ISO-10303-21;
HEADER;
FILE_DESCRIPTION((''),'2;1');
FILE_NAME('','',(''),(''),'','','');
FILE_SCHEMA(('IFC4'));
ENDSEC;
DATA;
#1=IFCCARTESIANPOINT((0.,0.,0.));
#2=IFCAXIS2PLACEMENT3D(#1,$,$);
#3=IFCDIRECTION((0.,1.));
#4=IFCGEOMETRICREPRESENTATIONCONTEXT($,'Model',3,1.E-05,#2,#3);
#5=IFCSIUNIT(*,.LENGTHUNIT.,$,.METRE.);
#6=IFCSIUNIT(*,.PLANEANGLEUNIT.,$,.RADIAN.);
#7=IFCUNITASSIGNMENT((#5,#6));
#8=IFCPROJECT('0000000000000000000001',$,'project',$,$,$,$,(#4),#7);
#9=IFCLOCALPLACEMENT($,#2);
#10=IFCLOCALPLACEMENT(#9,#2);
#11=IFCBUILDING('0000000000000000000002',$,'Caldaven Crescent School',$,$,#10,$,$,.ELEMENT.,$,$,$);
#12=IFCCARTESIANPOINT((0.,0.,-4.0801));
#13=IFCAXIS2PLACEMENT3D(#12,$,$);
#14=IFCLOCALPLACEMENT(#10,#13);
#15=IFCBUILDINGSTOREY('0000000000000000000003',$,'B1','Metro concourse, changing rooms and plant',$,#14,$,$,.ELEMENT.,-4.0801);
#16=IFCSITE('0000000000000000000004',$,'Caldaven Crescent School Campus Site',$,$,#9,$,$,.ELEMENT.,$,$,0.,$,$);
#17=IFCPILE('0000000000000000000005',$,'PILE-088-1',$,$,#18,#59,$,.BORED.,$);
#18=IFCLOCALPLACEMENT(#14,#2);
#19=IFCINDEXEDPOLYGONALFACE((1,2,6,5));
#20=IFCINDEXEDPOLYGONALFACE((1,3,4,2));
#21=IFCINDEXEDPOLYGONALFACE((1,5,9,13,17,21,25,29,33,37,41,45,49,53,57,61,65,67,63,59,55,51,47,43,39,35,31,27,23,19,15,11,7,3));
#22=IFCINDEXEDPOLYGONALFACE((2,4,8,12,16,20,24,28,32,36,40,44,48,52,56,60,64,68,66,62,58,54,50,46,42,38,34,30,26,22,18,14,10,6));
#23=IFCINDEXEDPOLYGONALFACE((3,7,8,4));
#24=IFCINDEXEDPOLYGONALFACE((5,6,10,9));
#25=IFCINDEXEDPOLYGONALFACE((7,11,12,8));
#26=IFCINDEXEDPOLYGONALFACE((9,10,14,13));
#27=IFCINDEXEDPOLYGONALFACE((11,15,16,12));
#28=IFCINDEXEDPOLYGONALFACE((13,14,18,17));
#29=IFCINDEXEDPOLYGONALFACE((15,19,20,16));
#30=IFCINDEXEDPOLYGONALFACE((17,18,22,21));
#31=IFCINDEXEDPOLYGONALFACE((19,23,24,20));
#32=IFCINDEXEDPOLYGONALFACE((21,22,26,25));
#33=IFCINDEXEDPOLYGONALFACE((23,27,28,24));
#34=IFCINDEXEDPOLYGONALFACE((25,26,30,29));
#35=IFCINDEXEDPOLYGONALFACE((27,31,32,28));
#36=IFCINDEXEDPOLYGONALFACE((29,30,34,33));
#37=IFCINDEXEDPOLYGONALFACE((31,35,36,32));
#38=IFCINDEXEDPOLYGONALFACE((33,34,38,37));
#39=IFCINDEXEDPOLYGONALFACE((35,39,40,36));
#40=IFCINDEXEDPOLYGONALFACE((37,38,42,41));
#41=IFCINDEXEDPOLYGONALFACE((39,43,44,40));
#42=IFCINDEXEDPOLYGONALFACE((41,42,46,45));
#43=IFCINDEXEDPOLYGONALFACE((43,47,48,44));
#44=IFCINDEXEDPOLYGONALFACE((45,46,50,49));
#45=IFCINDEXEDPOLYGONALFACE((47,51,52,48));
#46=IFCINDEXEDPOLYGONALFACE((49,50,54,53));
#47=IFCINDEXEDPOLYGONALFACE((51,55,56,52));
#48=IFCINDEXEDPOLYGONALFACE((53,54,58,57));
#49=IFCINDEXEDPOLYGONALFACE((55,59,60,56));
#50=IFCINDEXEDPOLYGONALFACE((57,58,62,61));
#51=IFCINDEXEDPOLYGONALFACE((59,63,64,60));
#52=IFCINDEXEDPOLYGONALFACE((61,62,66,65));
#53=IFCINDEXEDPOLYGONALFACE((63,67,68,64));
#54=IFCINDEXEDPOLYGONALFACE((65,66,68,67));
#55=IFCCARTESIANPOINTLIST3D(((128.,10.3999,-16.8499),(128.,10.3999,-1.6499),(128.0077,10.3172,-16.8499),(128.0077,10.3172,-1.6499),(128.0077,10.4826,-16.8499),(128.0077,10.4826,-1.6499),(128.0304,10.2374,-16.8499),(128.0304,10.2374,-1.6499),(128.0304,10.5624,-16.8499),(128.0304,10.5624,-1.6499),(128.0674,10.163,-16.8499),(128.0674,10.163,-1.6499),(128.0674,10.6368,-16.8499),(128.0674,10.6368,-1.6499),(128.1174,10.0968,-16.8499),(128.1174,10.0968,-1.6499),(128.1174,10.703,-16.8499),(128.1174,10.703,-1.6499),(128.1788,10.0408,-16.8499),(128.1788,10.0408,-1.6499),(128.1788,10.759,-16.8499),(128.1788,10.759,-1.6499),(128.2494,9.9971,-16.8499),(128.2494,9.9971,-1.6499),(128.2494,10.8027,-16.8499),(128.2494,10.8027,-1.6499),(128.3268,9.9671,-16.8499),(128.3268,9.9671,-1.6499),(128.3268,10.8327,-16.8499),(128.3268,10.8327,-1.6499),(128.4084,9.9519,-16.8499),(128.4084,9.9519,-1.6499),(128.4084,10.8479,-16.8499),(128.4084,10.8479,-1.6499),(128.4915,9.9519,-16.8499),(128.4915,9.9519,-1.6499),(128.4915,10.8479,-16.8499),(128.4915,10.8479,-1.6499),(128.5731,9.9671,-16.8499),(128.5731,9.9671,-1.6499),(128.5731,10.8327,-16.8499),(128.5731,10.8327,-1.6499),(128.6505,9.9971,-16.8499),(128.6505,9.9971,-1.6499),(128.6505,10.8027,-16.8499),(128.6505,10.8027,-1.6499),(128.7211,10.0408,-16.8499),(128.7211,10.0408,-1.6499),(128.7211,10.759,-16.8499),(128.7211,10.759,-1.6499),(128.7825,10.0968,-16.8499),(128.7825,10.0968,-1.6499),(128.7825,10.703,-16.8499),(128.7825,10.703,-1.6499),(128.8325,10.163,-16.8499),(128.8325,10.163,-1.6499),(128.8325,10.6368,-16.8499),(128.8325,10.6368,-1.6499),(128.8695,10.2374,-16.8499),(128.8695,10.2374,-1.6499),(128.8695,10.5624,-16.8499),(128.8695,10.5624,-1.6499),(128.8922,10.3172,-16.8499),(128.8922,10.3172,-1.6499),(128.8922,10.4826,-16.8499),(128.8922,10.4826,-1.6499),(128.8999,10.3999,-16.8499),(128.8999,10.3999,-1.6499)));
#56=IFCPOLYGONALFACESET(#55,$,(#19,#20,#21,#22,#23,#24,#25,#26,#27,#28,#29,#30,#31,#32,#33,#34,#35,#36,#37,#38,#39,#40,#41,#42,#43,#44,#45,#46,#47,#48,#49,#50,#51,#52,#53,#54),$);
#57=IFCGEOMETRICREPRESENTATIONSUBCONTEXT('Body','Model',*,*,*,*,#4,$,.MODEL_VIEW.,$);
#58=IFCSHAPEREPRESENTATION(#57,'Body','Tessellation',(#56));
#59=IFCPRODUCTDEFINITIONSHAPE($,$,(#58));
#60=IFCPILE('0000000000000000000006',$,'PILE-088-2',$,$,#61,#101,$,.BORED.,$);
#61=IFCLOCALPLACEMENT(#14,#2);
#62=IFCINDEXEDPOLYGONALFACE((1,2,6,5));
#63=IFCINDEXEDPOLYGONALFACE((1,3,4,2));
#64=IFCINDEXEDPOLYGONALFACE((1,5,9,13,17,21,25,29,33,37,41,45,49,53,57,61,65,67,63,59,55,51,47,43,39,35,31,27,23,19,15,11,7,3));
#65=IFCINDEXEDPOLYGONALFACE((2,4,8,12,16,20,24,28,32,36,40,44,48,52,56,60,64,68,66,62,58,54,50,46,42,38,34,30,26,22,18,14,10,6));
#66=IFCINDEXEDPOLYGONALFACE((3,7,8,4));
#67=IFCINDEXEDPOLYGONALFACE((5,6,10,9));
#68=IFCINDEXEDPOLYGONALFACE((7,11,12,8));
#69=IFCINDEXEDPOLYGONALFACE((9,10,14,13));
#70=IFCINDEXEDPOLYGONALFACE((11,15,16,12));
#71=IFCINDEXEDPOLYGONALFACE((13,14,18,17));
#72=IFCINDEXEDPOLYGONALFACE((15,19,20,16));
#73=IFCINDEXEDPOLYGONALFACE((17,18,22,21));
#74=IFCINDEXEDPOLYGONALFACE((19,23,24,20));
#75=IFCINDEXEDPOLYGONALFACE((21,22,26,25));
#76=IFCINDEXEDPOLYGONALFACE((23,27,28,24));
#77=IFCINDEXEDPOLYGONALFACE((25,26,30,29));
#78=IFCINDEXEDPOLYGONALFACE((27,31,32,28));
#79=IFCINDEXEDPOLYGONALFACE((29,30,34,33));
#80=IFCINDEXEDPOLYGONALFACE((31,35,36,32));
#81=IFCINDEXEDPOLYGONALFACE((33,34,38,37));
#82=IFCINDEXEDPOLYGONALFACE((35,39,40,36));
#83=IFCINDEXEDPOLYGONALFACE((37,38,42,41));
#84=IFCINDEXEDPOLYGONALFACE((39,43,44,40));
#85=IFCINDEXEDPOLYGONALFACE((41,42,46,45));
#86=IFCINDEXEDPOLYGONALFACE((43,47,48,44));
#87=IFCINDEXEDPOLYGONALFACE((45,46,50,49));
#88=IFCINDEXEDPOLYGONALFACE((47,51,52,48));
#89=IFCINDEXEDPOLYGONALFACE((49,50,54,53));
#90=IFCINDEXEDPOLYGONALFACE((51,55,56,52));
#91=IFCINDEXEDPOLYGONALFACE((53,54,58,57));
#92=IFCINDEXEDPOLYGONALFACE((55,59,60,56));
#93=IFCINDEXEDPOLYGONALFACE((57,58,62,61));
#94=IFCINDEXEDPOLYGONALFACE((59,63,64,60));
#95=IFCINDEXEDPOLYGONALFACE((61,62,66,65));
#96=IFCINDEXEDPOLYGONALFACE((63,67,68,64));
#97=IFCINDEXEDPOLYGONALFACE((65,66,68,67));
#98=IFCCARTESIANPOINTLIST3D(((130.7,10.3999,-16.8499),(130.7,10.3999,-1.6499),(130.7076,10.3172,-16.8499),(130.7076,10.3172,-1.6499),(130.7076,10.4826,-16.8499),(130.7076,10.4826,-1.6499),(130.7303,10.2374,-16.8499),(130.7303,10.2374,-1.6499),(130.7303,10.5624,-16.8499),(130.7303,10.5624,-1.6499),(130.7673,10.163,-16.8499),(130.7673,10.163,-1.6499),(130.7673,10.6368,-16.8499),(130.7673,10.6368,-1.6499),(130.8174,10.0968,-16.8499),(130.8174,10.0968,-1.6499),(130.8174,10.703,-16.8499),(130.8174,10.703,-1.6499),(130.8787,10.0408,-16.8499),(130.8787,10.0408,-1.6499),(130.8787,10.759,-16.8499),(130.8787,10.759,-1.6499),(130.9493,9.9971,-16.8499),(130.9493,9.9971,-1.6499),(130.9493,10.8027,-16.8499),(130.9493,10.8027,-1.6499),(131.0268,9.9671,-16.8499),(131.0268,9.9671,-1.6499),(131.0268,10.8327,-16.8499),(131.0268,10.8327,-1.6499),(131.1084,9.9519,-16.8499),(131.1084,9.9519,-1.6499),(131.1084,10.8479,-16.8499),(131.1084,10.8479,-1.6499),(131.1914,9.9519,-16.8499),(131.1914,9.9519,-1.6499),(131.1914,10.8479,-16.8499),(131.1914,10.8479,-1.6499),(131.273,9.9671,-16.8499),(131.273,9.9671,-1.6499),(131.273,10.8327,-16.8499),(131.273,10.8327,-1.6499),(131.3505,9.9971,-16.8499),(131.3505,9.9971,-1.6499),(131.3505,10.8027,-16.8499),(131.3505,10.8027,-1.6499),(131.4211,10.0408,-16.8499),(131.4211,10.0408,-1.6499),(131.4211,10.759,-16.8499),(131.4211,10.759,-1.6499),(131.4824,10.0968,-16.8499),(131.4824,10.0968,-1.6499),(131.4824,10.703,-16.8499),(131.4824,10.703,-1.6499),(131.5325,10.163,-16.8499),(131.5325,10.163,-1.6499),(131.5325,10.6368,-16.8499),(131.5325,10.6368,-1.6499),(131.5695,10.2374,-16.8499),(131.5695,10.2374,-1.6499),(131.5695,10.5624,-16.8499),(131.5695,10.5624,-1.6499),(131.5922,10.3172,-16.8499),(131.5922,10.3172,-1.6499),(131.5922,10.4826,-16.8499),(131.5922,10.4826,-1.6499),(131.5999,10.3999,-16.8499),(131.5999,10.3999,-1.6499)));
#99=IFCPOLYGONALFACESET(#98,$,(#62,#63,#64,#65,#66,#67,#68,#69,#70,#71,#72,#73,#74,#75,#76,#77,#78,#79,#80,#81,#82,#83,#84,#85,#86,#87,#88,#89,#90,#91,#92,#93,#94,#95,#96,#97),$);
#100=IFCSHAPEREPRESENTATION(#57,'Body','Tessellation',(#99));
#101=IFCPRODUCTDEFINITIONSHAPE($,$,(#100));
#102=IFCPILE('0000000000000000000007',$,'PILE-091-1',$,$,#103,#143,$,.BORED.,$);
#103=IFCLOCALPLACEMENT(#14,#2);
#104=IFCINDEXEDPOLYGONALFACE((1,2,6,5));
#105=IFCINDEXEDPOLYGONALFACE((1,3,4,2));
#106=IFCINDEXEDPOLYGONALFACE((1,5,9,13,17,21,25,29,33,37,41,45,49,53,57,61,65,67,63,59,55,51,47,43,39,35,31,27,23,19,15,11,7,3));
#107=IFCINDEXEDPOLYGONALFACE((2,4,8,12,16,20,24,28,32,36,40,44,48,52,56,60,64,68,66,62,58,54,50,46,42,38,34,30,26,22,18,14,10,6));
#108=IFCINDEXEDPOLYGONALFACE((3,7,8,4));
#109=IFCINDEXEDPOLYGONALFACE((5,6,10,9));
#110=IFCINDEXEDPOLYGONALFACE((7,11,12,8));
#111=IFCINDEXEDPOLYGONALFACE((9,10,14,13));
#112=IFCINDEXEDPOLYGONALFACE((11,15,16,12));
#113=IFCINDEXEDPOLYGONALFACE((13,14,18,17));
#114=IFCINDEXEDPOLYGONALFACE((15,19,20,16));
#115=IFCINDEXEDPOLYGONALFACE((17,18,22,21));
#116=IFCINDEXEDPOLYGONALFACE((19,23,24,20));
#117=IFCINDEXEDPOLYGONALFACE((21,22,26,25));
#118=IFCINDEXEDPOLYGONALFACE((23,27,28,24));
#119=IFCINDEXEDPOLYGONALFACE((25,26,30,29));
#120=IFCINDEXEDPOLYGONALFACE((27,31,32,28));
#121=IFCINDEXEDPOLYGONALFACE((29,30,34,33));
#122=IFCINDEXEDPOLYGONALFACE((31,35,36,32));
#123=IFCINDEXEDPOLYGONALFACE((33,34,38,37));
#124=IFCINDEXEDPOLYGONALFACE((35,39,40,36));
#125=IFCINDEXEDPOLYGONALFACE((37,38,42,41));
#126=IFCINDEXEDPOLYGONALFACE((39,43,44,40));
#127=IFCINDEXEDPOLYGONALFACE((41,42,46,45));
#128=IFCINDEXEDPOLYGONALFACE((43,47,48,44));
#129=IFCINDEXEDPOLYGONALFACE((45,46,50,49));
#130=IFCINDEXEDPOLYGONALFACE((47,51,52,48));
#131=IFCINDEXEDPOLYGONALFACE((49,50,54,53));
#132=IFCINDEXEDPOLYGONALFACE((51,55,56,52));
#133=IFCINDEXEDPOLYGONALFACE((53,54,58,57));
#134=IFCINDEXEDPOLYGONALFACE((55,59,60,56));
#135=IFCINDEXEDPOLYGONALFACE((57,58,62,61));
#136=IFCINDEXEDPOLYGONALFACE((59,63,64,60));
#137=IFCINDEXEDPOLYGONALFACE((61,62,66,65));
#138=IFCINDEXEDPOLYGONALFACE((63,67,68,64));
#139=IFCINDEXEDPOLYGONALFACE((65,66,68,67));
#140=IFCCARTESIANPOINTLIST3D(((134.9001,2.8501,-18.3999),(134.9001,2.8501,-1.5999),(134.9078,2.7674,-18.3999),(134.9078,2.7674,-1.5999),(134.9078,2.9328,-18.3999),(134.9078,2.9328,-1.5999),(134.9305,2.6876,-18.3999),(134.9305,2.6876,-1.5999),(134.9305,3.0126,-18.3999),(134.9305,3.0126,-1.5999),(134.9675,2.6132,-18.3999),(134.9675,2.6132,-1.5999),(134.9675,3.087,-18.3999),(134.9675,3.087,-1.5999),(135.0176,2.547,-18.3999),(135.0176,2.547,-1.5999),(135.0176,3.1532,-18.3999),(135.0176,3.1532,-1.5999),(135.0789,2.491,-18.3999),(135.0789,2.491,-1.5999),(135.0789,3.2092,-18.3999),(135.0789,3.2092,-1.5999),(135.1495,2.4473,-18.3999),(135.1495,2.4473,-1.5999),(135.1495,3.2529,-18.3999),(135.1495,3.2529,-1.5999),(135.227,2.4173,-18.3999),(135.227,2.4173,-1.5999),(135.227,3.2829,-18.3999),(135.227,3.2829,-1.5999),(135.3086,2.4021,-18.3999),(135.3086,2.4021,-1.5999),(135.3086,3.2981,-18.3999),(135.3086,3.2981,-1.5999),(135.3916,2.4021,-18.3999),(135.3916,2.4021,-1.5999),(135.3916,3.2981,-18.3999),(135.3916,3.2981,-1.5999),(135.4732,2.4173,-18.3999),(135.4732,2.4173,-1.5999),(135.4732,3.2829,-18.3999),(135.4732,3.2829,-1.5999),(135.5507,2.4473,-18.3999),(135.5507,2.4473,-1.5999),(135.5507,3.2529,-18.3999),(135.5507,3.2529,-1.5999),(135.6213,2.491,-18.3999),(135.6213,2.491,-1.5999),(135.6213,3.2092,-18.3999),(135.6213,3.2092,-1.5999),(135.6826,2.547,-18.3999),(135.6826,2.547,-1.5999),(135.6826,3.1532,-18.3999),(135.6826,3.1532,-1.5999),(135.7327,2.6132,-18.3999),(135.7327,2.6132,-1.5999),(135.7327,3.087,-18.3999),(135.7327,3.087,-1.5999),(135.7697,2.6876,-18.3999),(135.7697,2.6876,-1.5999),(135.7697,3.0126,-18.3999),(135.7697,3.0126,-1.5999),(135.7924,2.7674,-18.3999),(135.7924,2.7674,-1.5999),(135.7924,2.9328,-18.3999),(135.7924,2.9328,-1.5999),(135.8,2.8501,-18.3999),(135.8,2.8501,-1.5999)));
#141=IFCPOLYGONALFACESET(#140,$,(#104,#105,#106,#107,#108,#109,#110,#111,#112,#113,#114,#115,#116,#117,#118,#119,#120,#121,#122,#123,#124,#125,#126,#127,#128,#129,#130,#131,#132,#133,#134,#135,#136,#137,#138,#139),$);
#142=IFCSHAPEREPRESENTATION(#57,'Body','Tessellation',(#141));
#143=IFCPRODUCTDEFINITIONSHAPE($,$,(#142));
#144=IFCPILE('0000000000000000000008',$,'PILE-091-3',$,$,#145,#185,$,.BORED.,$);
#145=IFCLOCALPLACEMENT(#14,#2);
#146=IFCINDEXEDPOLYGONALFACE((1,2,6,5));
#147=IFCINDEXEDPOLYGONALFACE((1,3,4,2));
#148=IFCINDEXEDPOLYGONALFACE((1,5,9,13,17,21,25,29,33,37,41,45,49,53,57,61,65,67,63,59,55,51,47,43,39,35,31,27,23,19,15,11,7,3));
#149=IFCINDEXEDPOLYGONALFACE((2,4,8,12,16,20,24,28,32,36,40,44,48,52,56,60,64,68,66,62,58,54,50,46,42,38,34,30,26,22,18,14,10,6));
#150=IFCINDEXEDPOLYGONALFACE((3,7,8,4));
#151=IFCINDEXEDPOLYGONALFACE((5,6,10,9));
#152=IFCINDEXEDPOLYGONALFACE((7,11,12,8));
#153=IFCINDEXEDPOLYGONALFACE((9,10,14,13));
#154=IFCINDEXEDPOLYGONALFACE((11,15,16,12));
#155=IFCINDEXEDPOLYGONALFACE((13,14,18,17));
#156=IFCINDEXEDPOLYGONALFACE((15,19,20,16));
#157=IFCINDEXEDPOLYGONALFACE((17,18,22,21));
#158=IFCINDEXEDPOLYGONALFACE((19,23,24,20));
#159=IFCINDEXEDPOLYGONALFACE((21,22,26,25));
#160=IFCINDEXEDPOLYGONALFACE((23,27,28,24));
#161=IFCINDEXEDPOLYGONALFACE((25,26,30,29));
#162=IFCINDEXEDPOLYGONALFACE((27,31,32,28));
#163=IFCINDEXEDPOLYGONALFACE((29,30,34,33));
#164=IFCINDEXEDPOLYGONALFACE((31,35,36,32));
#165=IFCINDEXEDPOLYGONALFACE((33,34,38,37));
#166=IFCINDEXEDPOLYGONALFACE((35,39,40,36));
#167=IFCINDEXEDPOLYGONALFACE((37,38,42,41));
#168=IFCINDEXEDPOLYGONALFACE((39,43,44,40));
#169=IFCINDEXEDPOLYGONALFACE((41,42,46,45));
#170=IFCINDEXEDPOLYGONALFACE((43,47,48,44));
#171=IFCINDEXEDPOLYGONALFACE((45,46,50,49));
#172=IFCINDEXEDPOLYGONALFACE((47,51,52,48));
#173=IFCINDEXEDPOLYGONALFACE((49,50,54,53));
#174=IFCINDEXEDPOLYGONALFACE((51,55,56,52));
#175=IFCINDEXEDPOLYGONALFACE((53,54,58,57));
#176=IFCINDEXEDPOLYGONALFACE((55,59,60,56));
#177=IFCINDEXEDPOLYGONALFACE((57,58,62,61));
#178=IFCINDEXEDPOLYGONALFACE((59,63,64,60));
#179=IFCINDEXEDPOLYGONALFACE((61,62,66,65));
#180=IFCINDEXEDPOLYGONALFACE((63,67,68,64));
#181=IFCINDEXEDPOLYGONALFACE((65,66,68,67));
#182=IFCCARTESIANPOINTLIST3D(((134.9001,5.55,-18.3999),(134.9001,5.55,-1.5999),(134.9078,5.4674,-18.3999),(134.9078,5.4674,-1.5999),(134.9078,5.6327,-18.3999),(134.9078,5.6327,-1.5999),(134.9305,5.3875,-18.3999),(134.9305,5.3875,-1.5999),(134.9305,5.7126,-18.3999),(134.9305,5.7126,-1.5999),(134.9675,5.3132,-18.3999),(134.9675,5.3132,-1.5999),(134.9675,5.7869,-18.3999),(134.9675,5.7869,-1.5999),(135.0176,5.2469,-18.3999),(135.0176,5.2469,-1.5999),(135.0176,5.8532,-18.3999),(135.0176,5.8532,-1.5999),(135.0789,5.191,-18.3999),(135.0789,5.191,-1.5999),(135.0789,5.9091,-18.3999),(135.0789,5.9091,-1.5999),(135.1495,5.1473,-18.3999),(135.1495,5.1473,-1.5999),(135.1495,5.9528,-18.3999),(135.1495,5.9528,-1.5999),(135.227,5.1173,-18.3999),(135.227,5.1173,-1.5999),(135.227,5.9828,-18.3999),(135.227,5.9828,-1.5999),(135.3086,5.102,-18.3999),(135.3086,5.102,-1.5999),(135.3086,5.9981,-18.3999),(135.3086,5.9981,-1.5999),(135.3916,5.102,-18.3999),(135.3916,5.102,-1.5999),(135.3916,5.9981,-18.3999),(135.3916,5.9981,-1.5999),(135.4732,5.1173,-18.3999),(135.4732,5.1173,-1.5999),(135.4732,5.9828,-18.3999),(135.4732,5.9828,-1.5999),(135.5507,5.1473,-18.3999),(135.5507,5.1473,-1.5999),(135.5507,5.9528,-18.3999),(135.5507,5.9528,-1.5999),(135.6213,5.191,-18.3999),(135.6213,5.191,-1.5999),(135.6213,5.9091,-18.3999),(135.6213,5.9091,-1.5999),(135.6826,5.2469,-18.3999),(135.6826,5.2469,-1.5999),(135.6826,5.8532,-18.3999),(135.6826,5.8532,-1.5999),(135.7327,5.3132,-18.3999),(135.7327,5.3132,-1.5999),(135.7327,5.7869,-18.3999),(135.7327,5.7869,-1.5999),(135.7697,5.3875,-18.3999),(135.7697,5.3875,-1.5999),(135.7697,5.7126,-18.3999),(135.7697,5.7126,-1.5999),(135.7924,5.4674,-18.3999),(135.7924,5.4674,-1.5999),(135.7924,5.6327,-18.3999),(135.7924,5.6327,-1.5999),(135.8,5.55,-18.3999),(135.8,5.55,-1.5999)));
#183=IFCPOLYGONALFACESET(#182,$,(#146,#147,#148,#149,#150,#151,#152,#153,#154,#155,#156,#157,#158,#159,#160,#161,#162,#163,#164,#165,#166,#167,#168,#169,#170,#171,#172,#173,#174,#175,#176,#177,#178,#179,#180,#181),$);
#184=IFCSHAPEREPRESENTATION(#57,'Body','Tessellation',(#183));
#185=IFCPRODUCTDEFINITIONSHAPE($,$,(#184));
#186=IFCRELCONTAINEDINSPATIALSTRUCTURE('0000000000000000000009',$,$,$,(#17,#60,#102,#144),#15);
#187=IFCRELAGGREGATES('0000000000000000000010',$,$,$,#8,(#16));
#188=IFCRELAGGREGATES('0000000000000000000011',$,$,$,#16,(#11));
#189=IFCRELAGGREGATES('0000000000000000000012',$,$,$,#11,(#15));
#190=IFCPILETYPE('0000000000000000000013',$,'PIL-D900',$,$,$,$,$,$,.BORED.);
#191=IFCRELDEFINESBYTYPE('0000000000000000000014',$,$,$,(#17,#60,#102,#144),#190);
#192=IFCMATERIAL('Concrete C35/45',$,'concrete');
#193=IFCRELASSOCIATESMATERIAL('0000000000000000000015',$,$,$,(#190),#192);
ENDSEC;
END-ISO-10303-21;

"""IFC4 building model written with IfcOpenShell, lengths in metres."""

from ifc_helpers import new_model, si_unit, direction, frame, origin, origin_2d, place, context, subcontext, project, spatial, circle, extrude, material, material_profile, profile_set, type_object, element, save


model = new_model("IFC4")

# Units and contexts
model_context = context("Model", 3, precision=1e-05, world=origin(), true_north=direction((0.0, 1.0)))
body_context = subcontext(model_context, "Body", "Model", "MODEL_VIEW")
ifc_project = project(units=[si_unit("LENGTHUNIT", "METRE"), si_unit("PLANEANGLEUNIT", "RADIAN")], contexts=[model_context])

# Site, building, storey
site_placement = place(None, origin())
site = spatial("IfcSite", under=ifc_project, at=site_placement, Name="Caldaven Crescent School Campus Site", CompositionType="ELEMENT", RefElevation=0.0)
building_placement = place(site_placement, origin())
building = spatial("IfcBuilding", under=site, at=building_placement, Name="Caldaven Crescent School", CompositionType="ELEMENT")
storey_placement = place(building_placement, frame((0.0, 0.0, -4.0801)))
storey = spatial("IfcBuildingStorey", under=building, at=storey_placement, Name="B1", Description="Metro concourse, changing rooms and plant", CompositionType="ELEMENT", Elevation=-4.0801)

# Shared definitions
ifc_material_1 = material(Name="Concrete C35/45", Category="concrete")

# Piles
ifc_material_profile_1 = material_profile(ifc_material_1, circle(Radius=0.45, at=origin_2d()), Name="PILE D900")
ifc_profile_set_1 = profile_set([ifc_material_profile_1], Name="Concrete C35/45")
pile_type = type_object("IfcPileType", Name="PIL-D900", PredefinedType="BORED", material=ifc_profile_set_1)
for number, where, z_axis, x_axis, name in (
    (1, (128.45, 10.3999, -1.6499), (0.0, 0.0, -1.0), (1.0, 0.0, 0.0), "PILE-088-1"),
    (2, (131.1499, 10.3999, -1.6499), (0.0, 0.0, -1.0), (1.0, 0.0, 0.0), "PILE-088-2"),
):
    element("IfcPile", number, at=place(storey_placement, frame(where, z_axis=z_axis, x_axis=x_axis)), inside=storey, type_object=pile_type, Name=name, PredefinedType="BORED", context=body_context, shape_type="SweptSolid", body=[
        extrude(circle(Radius=0.45, at=origin_2d()), origin(), (0.0, 0.0, 1.0), 15.2),
    ])
for number, where, z_axis, x_axis, name in (
    (3, (135.3501, 2.8501, -1.5999), (0.0, 0.0, -1.0), (1.0, 0.0, 0.0), "PILE-091-1"),
    (4, (135.3501, 5.55, -1.5999), (0.0, 0.0, -1.0), (1.0, 0.0, 0.0), "PILE-091-3"),
):
    element("IfcPile", number, at=place(storey_placement, frame(where, z_axis=z_axis, x_axis=x_axis)), inside=storey, type_object=pile_type, Name=name, PredefinedType="BORED", context=body_context, shape_type="SweptSolid", body=[
        extrude(circle(Radius=0.45, at=origin_2d()), origin(), (0.0, 0.0, 1.0), 16.8),
    ])

save(model, "model.ifc")
